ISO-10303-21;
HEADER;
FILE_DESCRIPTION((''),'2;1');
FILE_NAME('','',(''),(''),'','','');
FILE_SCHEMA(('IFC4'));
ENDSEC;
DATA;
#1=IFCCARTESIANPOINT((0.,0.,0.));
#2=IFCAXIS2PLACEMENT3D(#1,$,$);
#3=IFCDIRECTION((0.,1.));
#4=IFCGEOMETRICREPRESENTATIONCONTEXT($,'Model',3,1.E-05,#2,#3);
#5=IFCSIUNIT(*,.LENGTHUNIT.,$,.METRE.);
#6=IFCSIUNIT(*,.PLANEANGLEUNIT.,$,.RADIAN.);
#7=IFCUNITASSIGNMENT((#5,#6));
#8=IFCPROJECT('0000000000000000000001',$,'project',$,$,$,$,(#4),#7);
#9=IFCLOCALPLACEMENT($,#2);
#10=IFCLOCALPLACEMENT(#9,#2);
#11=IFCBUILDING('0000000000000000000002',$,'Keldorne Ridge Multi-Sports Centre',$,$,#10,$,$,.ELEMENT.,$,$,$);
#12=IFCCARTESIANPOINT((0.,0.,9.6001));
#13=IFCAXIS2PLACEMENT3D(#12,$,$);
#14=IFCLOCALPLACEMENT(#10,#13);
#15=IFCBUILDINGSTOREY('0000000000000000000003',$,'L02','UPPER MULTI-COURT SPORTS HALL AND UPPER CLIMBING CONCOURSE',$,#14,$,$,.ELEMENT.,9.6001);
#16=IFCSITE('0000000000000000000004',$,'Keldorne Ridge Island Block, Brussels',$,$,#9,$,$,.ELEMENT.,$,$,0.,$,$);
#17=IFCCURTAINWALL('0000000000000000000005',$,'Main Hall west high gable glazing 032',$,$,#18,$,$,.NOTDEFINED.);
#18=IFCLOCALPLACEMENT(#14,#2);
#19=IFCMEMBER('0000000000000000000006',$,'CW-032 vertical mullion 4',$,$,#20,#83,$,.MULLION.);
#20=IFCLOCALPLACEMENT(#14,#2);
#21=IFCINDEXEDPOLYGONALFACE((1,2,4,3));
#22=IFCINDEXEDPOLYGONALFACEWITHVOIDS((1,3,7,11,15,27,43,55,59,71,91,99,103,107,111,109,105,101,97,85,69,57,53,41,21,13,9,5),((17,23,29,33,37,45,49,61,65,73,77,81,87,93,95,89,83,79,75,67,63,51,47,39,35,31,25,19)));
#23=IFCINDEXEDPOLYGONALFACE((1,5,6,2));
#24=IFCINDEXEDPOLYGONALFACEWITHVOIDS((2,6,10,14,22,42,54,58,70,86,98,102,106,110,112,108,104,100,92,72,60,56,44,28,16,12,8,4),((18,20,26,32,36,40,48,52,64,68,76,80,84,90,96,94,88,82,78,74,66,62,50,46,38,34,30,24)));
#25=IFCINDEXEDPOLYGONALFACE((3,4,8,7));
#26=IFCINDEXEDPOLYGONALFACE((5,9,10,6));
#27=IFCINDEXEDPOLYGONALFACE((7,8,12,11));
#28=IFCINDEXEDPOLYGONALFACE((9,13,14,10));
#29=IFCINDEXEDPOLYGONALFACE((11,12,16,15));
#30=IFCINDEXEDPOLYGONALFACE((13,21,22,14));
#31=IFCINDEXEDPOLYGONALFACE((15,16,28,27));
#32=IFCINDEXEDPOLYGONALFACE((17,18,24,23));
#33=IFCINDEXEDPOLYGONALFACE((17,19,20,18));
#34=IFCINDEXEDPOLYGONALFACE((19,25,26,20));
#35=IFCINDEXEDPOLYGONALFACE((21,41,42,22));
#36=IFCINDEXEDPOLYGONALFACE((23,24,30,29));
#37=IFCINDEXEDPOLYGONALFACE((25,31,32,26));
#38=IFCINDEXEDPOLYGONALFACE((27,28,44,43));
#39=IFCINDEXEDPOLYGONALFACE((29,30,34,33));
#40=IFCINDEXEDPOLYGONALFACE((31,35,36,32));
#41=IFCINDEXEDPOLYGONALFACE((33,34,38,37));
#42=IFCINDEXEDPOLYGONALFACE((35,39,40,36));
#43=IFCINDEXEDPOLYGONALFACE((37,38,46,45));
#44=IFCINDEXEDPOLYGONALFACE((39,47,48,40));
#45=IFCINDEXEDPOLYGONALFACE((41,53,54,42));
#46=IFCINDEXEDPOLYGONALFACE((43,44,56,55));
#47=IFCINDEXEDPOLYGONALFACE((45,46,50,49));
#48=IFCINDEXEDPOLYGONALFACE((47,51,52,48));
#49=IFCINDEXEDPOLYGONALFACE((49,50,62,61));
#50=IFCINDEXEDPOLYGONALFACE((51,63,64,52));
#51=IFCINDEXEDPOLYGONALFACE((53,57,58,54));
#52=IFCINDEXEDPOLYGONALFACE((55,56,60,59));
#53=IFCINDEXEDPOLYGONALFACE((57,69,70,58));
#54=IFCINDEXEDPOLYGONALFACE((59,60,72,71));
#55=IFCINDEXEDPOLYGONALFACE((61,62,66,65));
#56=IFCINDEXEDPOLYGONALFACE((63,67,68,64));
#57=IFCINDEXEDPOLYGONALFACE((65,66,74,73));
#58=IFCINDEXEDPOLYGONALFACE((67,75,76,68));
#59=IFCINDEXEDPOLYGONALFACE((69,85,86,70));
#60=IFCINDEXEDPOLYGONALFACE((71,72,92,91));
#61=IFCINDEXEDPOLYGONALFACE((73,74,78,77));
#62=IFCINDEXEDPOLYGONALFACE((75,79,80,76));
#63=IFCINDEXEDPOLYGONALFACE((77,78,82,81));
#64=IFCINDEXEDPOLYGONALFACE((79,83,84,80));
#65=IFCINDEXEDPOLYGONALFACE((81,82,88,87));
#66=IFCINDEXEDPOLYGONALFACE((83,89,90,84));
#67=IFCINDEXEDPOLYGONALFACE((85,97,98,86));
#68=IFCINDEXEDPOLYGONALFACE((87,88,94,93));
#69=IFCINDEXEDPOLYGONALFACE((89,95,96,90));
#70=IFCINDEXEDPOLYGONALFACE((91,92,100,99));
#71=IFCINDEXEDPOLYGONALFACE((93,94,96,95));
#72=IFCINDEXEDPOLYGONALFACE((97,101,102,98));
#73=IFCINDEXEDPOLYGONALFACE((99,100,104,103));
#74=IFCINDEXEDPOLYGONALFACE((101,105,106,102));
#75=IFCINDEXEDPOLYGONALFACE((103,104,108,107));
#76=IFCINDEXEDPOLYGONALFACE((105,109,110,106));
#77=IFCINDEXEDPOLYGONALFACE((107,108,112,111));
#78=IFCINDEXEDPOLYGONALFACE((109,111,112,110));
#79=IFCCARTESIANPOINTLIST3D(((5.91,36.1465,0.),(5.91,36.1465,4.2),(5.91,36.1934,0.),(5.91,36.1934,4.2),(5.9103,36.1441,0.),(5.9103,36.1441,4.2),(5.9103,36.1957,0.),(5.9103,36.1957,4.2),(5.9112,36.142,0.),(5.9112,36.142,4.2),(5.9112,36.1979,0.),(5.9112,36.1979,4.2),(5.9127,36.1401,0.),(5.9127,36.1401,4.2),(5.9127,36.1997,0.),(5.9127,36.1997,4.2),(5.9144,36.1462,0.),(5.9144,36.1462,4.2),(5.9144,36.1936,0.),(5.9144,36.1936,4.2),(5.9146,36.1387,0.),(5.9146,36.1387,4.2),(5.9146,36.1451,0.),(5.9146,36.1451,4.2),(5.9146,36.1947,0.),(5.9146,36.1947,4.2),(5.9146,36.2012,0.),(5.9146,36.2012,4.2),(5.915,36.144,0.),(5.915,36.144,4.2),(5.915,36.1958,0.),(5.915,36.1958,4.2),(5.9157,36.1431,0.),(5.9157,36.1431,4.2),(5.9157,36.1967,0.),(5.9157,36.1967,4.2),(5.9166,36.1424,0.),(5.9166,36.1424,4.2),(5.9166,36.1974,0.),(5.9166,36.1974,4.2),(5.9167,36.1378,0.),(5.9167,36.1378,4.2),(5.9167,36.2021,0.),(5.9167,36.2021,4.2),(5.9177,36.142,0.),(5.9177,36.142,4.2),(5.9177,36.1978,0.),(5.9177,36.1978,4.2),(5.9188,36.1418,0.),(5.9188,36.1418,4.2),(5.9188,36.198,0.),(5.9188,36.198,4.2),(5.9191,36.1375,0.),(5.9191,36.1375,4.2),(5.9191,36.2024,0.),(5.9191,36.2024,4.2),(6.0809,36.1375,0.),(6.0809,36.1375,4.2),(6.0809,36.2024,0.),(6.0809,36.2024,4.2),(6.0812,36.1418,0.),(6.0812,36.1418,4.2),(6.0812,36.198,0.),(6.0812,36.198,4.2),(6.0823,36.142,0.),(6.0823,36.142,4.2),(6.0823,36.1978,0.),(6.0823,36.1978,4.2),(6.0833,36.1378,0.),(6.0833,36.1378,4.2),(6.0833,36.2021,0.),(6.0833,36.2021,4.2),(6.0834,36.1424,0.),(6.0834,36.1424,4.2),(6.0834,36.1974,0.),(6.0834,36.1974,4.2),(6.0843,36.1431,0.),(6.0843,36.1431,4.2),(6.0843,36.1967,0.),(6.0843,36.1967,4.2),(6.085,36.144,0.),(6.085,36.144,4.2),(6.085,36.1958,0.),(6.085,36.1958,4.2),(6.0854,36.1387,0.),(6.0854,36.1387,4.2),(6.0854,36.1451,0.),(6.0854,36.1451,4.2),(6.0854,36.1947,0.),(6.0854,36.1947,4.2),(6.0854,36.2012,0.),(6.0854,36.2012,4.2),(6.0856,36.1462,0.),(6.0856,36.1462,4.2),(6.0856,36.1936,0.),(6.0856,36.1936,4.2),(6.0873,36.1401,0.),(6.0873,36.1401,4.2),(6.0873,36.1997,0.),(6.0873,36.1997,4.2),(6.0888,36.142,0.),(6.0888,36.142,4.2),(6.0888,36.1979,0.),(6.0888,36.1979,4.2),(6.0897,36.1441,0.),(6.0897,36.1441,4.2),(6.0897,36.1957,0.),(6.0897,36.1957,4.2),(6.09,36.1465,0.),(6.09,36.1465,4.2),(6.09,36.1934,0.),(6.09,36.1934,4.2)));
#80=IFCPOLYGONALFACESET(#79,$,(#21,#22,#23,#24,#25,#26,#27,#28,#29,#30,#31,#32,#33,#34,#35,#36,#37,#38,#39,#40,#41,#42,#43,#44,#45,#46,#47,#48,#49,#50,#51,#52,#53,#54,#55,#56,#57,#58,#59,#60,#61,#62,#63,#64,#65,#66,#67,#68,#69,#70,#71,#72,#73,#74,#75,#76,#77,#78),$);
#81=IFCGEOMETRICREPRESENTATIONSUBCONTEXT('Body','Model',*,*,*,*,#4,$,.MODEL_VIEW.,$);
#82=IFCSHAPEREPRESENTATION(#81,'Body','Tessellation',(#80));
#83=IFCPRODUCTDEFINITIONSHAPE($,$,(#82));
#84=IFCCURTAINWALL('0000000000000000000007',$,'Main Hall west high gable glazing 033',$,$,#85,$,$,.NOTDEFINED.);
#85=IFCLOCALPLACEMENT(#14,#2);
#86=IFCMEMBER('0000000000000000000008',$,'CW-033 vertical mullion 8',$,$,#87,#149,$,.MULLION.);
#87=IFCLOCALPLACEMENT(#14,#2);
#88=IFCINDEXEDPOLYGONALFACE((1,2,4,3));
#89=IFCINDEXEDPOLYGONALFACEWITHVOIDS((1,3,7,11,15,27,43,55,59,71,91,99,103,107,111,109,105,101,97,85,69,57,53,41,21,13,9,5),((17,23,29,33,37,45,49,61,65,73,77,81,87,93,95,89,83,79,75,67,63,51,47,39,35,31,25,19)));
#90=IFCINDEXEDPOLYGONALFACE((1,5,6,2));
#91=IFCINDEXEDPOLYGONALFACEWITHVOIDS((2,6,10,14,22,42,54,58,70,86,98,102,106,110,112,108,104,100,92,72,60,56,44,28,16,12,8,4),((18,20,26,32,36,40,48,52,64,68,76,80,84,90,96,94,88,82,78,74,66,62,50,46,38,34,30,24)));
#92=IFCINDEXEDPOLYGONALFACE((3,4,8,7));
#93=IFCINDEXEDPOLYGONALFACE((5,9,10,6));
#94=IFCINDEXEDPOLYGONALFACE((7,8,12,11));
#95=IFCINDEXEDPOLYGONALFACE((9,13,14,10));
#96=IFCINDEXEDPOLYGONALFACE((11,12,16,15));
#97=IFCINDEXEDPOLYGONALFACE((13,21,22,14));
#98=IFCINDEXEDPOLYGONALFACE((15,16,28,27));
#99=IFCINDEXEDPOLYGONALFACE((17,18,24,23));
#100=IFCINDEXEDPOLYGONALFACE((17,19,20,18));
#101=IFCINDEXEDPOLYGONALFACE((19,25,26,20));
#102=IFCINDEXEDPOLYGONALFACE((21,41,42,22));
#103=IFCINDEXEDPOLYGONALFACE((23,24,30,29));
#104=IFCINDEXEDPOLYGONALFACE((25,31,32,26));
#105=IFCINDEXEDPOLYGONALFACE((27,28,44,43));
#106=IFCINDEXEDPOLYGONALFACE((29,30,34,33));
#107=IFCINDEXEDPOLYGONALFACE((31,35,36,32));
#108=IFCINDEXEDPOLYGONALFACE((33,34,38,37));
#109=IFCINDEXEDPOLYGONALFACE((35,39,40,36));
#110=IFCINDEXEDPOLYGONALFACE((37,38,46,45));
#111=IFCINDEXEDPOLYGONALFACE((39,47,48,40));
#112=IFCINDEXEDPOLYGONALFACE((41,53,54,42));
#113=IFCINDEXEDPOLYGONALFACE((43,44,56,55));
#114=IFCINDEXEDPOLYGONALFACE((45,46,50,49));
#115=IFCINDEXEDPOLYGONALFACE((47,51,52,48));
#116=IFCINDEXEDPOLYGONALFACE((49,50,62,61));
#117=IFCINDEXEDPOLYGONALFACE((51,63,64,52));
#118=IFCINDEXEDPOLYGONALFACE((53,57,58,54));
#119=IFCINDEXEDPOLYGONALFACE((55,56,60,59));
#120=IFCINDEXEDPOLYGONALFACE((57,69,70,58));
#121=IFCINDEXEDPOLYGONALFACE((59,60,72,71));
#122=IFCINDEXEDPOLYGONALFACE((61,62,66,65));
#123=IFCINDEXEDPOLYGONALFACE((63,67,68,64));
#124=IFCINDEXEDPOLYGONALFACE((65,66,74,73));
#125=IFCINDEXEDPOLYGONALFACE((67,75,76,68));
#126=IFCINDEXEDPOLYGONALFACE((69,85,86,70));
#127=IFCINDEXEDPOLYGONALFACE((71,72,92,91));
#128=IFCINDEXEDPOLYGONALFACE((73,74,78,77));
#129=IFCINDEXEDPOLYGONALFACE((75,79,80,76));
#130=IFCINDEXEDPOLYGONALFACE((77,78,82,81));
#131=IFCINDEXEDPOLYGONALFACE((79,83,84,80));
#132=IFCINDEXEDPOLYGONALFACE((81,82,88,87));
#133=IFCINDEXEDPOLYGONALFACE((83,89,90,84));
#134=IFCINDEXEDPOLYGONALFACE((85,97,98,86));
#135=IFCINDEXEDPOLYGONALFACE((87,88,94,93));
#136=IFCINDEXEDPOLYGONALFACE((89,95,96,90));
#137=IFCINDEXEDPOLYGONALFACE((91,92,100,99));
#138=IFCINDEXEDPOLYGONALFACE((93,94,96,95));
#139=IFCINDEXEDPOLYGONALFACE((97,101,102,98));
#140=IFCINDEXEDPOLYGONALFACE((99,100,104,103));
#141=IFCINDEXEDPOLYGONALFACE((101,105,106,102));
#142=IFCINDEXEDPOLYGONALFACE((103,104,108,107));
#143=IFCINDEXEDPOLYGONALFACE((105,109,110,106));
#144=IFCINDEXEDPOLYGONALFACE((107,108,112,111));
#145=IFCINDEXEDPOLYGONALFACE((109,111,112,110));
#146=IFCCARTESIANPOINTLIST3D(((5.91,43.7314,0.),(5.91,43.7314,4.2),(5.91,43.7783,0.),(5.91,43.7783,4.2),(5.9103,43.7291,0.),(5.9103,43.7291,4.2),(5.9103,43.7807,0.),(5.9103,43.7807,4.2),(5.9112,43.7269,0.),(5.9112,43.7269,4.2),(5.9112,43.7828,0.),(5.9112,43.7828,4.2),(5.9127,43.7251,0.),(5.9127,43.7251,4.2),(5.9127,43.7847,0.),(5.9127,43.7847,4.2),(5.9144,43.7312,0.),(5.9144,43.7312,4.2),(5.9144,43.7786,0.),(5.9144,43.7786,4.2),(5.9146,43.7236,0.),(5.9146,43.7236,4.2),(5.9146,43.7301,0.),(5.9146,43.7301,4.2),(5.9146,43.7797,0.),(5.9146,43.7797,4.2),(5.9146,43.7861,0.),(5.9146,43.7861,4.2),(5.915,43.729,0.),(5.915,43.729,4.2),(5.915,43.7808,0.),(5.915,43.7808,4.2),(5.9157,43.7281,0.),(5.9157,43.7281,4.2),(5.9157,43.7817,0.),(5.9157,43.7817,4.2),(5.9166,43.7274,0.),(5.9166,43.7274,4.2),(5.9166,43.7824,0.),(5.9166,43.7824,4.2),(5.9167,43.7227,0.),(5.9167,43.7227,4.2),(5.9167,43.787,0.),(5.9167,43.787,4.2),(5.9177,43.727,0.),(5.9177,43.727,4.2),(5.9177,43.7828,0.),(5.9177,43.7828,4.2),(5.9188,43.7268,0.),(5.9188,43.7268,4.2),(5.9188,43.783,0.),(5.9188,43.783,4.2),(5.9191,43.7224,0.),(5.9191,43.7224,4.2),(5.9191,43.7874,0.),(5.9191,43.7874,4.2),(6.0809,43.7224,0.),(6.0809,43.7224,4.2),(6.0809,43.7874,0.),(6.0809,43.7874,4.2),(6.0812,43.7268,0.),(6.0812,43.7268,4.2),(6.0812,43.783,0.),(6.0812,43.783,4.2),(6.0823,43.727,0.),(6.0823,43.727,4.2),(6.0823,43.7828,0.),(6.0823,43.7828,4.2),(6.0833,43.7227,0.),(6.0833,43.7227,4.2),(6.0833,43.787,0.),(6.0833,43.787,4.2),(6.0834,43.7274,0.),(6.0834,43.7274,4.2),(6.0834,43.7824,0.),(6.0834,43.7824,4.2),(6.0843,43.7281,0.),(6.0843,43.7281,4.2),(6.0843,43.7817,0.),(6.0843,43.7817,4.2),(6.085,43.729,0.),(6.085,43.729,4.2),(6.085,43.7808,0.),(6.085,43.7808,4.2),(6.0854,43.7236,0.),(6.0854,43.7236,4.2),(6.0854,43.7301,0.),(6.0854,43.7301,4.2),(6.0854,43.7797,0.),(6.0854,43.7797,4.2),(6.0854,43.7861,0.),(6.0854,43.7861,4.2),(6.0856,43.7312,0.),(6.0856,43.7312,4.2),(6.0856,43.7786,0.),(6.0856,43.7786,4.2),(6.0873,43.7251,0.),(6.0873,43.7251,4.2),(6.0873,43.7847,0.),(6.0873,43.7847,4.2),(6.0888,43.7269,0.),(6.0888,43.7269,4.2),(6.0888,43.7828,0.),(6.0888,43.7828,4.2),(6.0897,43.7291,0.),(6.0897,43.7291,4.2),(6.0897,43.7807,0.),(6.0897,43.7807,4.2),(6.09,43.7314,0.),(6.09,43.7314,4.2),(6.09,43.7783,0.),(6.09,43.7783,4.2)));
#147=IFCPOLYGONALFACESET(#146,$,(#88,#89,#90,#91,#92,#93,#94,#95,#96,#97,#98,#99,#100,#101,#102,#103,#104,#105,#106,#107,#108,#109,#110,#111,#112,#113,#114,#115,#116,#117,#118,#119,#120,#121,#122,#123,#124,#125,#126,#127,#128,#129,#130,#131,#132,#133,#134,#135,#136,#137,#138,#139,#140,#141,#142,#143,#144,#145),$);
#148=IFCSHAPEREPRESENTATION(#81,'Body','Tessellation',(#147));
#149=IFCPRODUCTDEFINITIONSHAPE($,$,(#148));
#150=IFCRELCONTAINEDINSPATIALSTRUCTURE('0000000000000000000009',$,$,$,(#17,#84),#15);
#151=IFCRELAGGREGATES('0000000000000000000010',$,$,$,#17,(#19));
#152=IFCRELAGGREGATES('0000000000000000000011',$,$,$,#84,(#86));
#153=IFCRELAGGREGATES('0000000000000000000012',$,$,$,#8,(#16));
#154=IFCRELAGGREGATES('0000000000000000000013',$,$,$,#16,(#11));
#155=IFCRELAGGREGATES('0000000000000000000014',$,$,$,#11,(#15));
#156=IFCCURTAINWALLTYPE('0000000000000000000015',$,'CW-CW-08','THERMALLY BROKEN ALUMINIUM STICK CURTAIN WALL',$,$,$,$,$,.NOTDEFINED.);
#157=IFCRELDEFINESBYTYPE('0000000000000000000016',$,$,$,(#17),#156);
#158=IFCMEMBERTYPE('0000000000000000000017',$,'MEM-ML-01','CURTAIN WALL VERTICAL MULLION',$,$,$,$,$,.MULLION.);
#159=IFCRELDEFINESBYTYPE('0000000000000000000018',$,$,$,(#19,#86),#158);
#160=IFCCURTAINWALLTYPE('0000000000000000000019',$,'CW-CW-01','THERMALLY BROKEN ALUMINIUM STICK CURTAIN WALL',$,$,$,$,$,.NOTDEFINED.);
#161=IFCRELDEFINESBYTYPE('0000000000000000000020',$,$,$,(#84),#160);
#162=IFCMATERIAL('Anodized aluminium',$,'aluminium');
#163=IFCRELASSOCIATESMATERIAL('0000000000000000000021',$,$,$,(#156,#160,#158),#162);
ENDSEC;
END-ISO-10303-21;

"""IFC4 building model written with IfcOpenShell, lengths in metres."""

from ifc_helpers import new_model, si_unit, direction, frame, origin, origin_2d, place, context, subcontext, project, spatial, hollow_rectangle, extrude, material, material_profile, profile_set, type_object, element, aggregate, save


model = new_model("IFC4")

# Units and contexts
model_context = context("Model", 3, precision=1e-05, world=origin(), true_north=direction((0.0, 1.0)))
body_context = subcontext(model_context, "Body", "Model", "MODEL_VIEW")
ifc_project = project(units=[si_unit("LENGTHUNIT", "METRE"), si_unit("PLANEANGLEUNIT", "RADIAN")], contexts=[model_context])

# Site, building, storey
site_placement = place(None, origin())
site = spatial("IfcSite", under=ifc_project, at=site_placement, Name="Keldorne Ridge Island Block, Brussels", CompositionType="ELEMENT", RefElevation=0.0)
building_placement = place(site_placement, origin())
building = spatial("IfcBuilding", under=site, at=building_placement, Name="Keldorne Ridge Multi-Sports Centre", CompositionType="ELEMENT")
storey_placement = place(building_placement, frame((0.0, 0.0, 9.6001)))
storey = spatial("IfcBuildingStorey", under=building, at=storey_placement, Name="L02", Description="UPPER MULTI-COURT SPORTS HALL AND UPPER CLIMBING CONCOURSE", CompositionType="ELEMENT", Elevation=9.6001)

# Curtain walls, members
ifc_material_1 = material(Name="Anodized aluminium", Category="aluminium")
curtain_wall_type_1 = type_object("IfcCurtainWallType", Name="CW-CW-08", Description="THERMALLY BROKEN ALUMINIUM STICK CURTAIN WALL", PredefinedType="NOTDEFINED", material=ifc_material_1)
curtain_wall_1_placement = place(storey_placement, origin())
curtain_wall_1 = element("IfcCurtainWall", 1, at=curtain_wall_1_placement, inside=storey, type_object=curtain_wall_type_1, Name="Main Hall west high gable glazing 032", PredefinedType="NOTDEFINED")
ifc_material_profile_1 = material_profile(ifc_material_1, hollow_rectangle(XDim=0.0649, YDim=0.1799, WallThickness=0.0044, InnerFilletRadius=0.0044, OuterFilletRadius=0.009, at=origin_2d()), Name="ALU MULLION 180x65x4.5")
ifc_profile_set_1 = profile_set([ifc_material_profile_1], Name="Anodized aluminium")
member_type_1 = type_object("IfcMemberType", Name="MEM-ML-01", Description="CURTAIN WALL VERTICAL MULLION", PredefinedType="MULLION", material=ifc_profile_set_1)
member_1_placement = place(storey_placement, frame((6.0, 36.1699, 0.0), z_axis=(0.0, 0.0, 1.0), x_axis=(0.0, 1.0, 0.0)))
member_1 = element("IfcMember", 2, at=member_1_placement, type_object=member_type_1, Name="CW-032 vertical mullion 4", PredefinedType="MULLION", context=body_context, shape_type="SweptSolid", body=[
    extrude(hollow_rectangle(XDim=0.0649, YDim=0.1799, WallThickness=0.0044, InnerFilletRadius=0.0044, OuterFilletRadius=0.009, at=origin_2d()), origin(), (0.0, 0.0, 1.0), 4.2),
])
curtain_wall_type_2 = type_object("IfcCurtainWallType", Name="CW-CW-01", Description="THERMALLY BROKEN ALUMINIUM STICK CURTAIN WALL", PredefinedType="NOTDEFINED", material=ifc_material_1)
curtain_wall_2_placement = place(storey_placement, origin())
curtain_wall_2 = element("IfcCurtainWall", 3, at=curtain_wall_2_placement, inside=storey, type_object=curtain_wall_type_2, Name="Main Hall west high gable glazing 033", PredefinedType="NOTDEFINED")
member_2_placement = place(storey_placement, frame((6.0, 43.7549, 0.0), z_axis=(0.0, 0.0, 1.0), x_axis=(0.0, 1.0, 0.0)))
member_2 = element("IfcMember", 4, at=member_2_placement, type_object=member_type_1, Name="CW-033 vertical mullion 8", PredefinedType="MULLION", context=body_context, shape_type="SweptSolid", body=[
    extrude(hollow_rectangle(XDim=0.0649, YDim=0.1799, WallThickness=0.0044, InnerFilletRadius=0.0044, OuterFilletRadius=0.009, at=origin_2d()), origin(), (0.0, 0.0, 1.0), 4.2),
])

aggregate(curtain_wall_1, [member_1])
aggregate(curtain_wall_2, [member_2])

save(model, "model.ifc")
